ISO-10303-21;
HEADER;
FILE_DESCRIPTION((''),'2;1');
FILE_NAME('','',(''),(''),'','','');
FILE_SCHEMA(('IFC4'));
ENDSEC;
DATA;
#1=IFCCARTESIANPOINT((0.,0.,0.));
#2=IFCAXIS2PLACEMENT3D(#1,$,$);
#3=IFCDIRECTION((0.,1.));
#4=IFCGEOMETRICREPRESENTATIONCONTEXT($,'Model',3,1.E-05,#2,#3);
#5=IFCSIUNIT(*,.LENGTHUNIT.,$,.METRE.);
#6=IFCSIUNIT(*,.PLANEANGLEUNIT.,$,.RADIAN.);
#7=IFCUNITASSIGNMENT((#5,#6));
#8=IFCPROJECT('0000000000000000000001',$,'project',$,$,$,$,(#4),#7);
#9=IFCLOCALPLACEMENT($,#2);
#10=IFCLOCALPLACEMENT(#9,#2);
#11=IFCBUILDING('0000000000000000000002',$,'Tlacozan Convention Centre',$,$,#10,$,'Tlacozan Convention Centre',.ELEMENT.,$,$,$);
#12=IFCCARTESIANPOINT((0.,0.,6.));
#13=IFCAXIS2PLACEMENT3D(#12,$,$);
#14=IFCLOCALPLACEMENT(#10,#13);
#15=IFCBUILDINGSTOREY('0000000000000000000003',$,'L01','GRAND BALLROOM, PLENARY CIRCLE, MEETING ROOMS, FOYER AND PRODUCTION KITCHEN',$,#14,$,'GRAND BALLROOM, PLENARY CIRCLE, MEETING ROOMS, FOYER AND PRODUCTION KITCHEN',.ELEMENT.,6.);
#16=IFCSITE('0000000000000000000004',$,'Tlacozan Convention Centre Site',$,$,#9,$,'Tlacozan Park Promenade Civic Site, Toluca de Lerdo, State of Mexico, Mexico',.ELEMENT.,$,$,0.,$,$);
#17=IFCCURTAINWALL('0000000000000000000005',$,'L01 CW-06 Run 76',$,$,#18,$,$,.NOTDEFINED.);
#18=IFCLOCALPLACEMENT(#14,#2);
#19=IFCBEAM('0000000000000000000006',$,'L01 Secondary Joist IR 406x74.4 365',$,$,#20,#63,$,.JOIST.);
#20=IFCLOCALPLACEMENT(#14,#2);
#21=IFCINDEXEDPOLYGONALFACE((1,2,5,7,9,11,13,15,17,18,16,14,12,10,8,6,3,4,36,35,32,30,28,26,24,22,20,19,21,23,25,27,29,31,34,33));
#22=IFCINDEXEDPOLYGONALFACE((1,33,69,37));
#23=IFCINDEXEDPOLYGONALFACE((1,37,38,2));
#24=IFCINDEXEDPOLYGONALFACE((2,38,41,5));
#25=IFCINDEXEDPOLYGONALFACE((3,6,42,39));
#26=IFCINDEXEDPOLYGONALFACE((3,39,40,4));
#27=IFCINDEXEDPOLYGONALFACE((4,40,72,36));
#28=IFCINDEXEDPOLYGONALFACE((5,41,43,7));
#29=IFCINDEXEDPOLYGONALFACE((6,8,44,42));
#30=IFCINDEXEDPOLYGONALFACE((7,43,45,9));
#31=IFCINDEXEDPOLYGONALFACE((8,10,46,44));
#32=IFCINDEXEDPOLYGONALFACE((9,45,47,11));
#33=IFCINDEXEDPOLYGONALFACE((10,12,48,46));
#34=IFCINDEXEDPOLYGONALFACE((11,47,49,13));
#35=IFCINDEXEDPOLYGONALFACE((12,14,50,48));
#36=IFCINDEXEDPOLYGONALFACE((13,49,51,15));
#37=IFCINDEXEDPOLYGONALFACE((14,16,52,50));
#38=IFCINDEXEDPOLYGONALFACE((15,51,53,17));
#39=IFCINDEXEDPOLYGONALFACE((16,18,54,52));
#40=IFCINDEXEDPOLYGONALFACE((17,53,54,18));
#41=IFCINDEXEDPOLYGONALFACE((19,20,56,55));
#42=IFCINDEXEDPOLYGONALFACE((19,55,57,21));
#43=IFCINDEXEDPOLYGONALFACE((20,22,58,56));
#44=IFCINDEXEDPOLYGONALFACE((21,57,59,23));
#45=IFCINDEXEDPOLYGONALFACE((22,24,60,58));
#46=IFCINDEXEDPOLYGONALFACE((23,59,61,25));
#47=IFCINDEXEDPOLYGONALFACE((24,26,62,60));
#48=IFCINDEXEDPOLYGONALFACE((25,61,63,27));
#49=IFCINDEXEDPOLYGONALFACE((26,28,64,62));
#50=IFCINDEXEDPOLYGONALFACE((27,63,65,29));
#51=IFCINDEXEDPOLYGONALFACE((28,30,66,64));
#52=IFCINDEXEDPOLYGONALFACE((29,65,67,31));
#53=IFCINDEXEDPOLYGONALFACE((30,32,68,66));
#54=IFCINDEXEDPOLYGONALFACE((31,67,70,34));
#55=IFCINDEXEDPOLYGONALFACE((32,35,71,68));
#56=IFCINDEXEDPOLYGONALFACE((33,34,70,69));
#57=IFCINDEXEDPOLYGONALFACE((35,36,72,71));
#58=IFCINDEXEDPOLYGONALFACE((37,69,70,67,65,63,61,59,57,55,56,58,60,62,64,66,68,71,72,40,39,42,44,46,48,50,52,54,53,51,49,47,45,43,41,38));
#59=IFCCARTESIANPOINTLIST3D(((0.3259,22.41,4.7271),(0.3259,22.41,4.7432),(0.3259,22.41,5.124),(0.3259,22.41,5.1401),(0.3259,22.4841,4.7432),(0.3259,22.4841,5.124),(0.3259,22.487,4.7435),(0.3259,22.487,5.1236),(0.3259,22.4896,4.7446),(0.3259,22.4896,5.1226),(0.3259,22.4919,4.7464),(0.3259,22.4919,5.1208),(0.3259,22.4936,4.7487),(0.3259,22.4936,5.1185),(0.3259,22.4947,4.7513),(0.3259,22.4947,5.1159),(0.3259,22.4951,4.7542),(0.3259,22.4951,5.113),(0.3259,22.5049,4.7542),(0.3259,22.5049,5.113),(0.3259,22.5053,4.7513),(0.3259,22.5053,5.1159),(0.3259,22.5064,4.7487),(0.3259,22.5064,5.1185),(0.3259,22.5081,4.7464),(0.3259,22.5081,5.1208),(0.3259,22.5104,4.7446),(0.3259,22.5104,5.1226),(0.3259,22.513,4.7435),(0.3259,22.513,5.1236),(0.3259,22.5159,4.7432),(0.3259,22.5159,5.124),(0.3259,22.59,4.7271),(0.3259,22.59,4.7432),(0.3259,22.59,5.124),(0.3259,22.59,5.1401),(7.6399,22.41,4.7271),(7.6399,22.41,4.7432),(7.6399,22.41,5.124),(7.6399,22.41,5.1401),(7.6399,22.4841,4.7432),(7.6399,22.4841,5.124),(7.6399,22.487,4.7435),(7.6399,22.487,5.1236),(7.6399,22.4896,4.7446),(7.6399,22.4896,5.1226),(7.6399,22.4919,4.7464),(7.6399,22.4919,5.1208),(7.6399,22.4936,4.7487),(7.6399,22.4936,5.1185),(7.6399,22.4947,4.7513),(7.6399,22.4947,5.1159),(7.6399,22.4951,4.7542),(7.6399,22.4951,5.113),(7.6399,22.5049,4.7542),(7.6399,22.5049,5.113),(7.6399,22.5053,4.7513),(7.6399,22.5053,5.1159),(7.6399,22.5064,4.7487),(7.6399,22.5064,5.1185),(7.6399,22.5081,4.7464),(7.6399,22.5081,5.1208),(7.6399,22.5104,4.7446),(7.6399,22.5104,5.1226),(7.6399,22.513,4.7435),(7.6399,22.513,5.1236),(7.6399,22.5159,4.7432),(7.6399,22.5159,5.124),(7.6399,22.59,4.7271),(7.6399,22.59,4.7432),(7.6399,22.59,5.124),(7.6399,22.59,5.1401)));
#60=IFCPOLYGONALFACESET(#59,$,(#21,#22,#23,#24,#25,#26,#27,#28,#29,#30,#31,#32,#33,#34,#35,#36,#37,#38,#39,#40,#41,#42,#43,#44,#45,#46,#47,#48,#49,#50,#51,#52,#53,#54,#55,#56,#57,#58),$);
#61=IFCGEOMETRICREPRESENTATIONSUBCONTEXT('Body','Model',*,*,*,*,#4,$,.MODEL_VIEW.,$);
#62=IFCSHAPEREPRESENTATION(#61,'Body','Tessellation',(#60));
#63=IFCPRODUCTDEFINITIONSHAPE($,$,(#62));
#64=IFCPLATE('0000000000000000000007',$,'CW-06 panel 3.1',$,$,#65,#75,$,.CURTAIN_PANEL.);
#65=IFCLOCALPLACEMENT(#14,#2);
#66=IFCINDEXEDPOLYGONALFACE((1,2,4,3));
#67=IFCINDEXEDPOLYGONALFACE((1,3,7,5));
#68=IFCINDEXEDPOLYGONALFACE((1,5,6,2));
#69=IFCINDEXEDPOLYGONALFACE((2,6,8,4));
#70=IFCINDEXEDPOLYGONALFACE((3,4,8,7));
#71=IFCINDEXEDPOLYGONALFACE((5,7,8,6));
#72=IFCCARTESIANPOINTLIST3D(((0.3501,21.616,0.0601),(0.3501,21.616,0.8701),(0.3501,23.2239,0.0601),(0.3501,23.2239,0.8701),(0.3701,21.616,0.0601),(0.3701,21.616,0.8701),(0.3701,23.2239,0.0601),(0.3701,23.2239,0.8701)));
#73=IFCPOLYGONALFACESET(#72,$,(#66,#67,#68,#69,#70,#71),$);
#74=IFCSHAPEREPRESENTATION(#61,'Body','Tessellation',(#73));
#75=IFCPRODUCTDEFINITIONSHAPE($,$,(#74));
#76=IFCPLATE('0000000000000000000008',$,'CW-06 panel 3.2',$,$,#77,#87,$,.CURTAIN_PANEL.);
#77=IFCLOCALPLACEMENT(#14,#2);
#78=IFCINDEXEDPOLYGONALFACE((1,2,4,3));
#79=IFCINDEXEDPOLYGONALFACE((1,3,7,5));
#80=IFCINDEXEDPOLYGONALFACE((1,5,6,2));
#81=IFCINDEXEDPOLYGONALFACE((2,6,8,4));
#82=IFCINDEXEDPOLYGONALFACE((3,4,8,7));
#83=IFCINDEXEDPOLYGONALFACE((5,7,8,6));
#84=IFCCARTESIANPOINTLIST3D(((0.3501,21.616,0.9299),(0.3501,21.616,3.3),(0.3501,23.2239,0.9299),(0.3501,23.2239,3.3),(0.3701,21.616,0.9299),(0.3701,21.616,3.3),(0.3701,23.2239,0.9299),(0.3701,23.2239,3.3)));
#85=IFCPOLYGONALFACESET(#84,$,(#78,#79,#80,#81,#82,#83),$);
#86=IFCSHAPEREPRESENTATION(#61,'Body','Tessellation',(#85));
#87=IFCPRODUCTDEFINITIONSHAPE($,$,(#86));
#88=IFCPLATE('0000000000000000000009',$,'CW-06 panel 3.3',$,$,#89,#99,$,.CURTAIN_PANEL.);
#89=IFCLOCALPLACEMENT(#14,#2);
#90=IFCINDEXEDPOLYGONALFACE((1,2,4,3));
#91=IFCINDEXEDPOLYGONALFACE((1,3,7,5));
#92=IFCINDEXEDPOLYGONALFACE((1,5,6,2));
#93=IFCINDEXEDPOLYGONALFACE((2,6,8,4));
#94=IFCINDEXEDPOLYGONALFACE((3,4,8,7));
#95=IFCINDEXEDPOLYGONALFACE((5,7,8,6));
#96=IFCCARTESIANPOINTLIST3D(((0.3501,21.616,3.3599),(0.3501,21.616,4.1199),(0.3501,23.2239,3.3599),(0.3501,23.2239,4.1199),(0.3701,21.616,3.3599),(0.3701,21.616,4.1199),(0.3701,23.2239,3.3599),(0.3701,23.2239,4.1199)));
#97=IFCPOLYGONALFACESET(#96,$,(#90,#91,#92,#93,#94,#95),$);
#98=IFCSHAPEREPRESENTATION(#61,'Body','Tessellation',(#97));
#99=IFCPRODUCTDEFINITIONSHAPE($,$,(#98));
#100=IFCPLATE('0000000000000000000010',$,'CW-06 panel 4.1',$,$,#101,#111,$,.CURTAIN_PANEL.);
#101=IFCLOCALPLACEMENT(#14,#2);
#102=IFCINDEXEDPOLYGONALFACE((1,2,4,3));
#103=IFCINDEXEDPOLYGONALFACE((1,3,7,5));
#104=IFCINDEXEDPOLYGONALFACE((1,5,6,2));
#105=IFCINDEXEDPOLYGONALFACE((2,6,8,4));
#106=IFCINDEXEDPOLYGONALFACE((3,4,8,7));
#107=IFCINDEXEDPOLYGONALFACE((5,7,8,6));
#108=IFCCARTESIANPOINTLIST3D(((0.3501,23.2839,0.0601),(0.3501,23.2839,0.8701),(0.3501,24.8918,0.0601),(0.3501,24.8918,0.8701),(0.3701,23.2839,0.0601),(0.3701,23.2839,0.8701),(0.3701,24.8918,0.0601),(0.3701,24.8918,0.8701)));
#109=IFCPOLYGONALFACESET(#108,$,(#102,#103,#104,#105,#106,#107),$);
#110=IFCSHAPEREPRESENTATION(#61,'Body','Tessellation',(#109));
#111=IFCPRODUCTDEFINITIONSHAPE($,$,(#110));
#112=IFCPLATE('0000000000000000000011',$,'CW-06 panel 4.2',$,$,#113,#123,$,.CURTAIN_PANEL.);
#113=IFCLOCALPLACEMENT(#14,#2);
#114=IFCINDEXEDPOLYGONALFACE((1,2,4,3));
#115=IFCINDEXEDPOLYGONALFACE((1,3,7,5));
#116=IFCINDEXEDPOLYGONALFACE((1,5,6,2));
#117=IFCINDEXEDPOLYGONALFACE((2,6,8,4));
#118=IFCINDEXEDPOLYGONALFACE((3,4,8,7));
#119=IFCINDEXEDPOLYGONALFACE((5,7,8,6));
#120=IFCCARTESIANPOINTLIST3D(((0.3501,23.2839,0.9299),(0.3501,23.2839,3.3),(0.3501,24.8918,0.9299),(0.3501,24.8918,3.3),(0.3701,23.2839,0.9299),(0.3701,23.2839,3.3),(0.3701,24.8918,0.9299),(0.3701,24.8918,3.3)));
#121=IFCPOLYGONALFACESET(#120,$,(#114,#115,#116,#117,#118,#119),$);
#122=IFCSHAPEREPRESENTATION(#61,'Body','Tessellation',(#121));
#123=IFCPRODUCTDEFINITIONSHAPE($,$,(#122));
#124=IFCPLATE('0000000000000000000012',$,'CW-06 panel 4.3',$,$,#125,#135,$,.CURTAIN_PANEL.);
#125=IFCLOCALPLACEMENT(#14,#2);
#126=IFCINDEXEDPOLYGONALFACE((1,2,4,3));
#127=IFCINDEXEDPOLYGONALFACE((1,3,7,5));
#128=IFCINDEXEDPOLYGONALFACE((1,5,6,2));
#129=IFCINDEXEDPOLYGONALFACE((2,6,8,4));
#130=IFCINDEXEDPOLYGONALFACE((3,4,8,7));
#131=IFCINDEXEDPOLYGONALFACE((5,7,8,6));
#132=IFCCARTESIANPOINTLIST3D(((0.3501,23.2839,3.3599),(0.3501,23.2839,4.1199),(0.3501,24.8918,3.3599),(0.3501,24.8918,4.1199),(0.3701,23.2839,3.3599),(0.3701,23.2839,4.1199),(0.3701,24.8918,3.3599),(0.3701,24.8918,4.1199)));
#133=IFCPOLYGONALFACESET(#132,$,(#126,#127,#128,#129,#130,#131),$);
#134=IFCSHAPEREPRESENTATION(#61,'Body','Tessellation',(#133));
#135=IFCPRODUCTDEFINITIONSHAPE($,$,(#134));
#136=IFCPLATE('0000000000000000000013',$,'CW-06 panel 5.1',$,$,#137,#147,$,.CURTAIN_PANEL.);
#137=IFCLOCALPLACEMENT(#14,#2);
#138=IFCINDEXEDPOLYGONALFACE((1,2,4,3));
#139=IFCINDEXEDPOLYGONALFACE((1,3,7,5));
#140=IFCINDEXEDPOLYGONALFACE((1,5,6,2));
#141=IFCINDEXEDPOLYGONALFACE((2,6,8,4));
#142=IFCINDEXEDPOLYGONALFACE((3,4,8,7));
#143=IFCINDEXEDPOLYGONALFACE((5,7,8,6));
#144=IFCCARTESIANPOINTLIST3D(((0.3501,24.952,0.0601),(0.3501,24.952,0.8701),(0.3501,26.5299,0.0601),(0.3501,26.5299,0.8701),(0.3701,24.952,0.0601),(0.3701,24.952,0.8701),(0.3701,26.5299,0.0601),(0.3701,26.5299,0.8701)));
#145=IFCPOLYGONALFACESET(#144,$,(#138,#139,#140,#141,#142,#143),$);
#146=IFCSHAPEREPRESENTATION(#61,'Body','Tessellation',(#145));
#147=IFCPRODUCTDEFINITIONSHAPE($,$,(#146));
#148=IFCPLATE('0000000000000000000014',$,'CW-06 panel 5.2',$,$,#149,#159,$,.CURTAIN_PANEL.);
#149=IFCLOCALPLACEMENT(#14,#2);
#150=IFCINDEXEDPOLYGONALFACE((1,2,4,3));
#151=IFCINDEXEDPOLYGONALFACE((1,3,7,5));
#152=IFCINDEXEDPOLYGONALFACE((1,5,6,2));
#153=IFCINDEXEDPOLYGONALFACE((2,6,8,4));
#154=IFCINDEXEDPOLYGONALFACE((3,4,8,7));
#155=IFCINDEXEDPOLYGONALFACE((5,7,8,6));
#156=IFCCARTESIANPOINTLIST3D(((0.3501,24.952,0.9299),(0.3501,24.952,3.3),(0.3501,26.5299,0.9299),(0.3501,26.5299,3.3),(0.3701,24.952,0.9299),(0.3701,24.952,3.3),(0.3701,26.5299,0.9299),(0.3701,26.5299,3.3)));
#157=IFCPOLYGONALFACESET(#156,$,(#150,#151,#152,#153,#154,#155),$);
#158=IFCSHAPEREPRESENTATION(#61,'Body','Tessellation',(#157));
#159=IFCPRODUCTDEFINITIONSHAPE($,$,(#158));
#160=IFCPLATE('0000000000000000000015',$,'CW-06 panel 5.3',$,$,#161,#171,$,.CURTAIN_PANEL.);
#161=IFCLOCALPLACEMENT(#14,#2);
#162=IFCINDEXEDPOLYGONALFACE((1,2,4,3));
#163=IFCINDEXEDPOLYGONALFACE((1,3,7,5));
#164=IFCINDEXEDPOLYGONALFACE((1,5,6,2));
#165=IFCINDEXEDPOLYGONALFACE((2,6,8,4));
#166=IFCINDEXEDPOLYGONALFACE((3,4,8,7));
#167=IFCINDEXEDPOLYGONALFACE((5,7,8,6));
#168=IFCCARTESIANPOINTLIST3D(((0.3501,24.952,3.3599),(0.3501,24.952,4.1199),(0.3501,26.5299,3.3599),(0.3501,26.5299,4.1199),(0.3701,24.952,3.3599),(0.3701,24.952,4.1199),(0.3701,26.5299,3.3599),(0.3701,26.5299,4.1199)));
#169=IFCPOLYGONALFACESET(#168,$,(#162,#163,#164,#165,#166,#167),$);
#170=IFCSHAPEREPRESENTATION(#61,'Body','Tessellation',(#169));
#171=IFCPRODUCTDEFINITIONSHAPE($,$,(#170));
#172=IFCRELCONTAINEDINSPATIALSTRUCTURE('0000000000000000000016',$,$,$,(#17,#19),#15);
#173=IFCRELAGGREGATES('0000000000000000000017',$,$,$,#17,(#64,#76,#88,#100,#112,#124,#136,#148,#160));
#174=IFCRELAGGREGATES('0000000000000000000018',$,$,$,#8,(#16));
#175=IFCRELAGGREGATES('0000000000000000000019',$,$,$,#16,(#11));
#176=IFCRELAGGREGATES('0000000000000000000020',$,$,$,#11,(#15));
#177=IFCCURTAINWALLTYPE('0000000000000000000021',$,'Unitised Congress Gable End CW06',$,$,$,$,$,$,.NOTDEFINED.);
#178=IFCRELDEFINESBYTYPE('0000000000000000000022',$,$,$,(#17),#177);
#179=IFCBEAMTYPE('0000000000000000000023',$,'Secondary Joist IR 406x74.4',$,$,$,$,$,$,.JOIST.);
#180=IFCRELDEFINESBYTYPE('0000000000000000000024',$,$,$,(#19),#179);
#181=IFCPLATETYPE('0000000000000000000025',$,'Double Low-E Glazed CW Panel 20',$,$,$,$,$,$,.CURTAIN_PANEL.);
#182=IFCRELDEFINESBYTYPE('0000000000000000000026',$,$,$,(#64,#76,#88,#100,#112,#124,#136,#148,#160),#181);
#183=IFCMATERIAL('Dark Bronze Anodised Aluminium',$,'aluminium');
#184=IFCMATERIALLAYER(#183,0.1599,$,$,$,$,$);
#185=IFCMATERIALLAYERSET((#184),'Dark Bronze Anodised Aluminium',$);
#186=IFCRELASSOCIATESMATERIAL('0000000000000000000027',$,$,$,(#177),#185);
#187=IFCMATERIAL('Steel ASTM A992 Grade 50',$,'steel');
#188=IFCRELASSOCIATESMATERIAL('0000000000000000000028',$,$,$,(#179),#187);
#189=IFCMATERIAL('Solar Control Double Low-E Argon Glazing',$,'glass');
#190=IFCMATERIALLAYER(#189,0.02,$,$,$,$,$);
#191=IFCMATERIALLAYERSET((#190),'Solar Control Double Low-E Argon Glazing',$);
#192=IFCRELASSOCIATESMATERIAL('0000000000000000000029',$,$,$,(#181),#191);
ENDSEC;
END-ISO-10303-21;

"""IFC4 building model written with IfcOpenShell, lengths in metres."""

from ifc_helpers import new_model, si_unit, direction, frame, origin, origin_2d, place, context, subcontext, project, spatial, rectangle, i_section, extrude, material, layer, layer_set, material_profile, profile_set, type_object, element, aggregate, save


model = new_model("IFC4")

# Units and contexts
model_context = context("Model", 3, precision=1e-05, world=origin(), true_north=direction((0.0, 1.0)))
body_context = subcontext(model_context, "Body", "Model", "MODEL_VIEW")
ifc_project = project(units=[si_unit("LENGTHUNIT", "METRE"), si_unit("PLANEANGLEUNIT", "RADIAN")], contexts=[model_context])

# Site, building, storey
site_placement = place(None, origin())
site = spatial("IfcSite", under=ifc_project, at=site_placement, Name="Tlacozan Convention Centre Site", LongName="Tlacozan Park Promenade Civic Site, Toluca de Lerdo, State of Mexico, Mexico", CompositionType="ELEMENT", RefElevation=0.0)
building_placement = place(site_placement, origin())
building = spatial("IfcBuilding", under=site, at=building_placement, Name="Tlacozan Convention Centre", LongName="Tlacozan Convention Centre", CompositionType="ELEMENT")
storey_placement = place(building_placement, frame((0.0, 0.0, 6.0)))
storey = spatial("IfcBuildingStorey", under=building, at=storey_placement, Name="L01", Description="GRAND BALLROOM, PLENARY CIRCLE, MEETING ROOMS, FOYER AND PRODUCTION KITCHEN", LongName="GRAND BALLROOM, PLENARY CIRCLE, MEETING ROOMS, FOYER AND PRODUCTION KITCHEN", CompositionType="ELEMENT", Elevation=6.0)

# Curtain wall
ifc_material_1 = material(Name="Dark Bronze Anodised Aluminium", Category="aluminium")
ifc_layer_1 = layer(ifc_material_1, 0.1599)
ifc_layer_set_1 = layer_set([ifc_layer_1], Name="Dark Bronze Anodised Aluminium")
curtain_wall_type = type_object("IfcCurtainWallType", Name="Unitised Congress Gable End CW06", PredefinedType="NOTDEFINED", material=ifc_layer_set_1)
curtain_wall_placement = place(storey_placement, origin())
curtain_wall = element("IfcCurtainWall", 1, at=curtain_wall_placement, inside=storey, type_object=curtain_wall_type, Name="L01 CW-06 Run 76", PredefinedType="NOTDEFINED")

# Beam
ifc_material_2 = material(Name="Steel ASTM A992 Grade 50", Category="steel")
ifc_material_profile_1 = material_profile(ifc_material_2, i_section(OverallWidth=0.1799, OverallDepth=0.4131, WebThickness=0.0098, FlangeThickness=0.0161, FilletRadius=0.011, at=origin_2d()), Name="IR 406x74.4")
ifc_profile_set_1 = profile_set([ifc_material_profile_1], Name="Steel ASTM A992 Grade 50")
beam_type = type_object("IfcBeamType", Name="Secondary Joist IR 406x74.4", PredefinedType="JOIST", material=ifc_profile_set_1)
beam_placement = place(storey_placement, frame((0.3259, 22.5, 4.9336), z_axis=(1.0, 0.0, 0.0), x_axis=(0.0, 1.0, 0.0)))
element("IfcBeam", 2, at=beam_placement, inside=storey, type_object=beam_type, Name="L01 Secondary Joist IR 406x74.4 365", PredefinedType="JOIST", context=body_context, shape_type="SweptSolid", body=[
    extrude(i_section(OverallWidth=0.1799, OverallDepth=0.4131, WebThickness=0.0098, FlangeThickness=0.0161, FilletRadius=0.011, at=origin_2d()), origin(), (0.0, 0.0, 1.0), 7.314),
])

# Plates
ifc_material_3 = material(Name="Solar Control Double Low-E Argon Glazing", Category="glass")
ifc_layer_2 = layer(ifc_material_3, 0.02)
ifc_layer_set_2 = layer_set([ifc_layer_2], Name="Solar Control Double Low-E Argon Glazing")
plate_type = type_object("IfcPlateType", Name="Double Low-E Glazed CW Panel 20", PredefinedType="CURTAIN_PANEL", material=ifc_layer_set_2)
plate_1_placement = place(storey_placement, frame((0.3601, 22.4199, 0.0601), z_axis=(0.0, 0.0, 1.0), x_axis=(0.0, 1.0, 0.0)))
plate_1 = element("IfcPlate", 3, at=plate_1_placement, type_object=plate_type, Name="CW-06 panel 3.1", PredefinedType="CURTAIN_PANEL", context=body_context, shape_type="SweptSolid", body=[
    extrude(rectangle(XDim=1.6079, YDim=0.02, at=origin_2d()), origin(), (0.0, 0.0, 1.0), 0.8101),
])
plate_2_placement = place(storey_placement, frame((0.3601, 22.4199, 0.9299), z_axis=(0.0, 0.0, 1.0), x_axis=(0.0, 1.0, 0.0)))
plate_2 = element("IfcPlate", 4, at=plate_2_placement, type_object=plate_type, Name="CW-06 panel 3.2", PredefinedType="CURTAIN_PANEL", context=body_context, shape_type="SweptSolid", body=[
    extrude(rectangle(XDim=1.6079, YDim=0.02, at=origin_2d()), origin(), (0.0, 0.0, 1.0), 2.3701),
])
plate_3_placement = place(storey_placement, frame((0.3601, 22.4199, 3.3599), z_axis=(0.0, 0.0, 1.0), x_axis=(0.0, 1.0, 0.0)))
plate_3 = element("IfcPlate", 5, at=plate_3_placement, type_object=plate_type, Name="CW-06 panel 3.3", PredefinedType="CURTAIN_PANEL", context=body_context, shape_type="SweptSolid", body=[
    extrude(rectangle(XDim=1.6079, YDim=0.02, at=origin_2d()), origin(), (0.0, 0.0, 1.0), 0.76),
])
plate_4_placement = place(storey_placement, frame((0.3601, 24.0879, 0.0601), z_axis=(0.0, 0.0, 1.0), x_axis=(0.0, 1.0, 0.0)))
plate_4 = element("IfcPlate", 6, at=plate_4_placement, type_object=plate_type, Name="CW-06 panel 4.1", PredefinedType="CURTAIN_PANEL", context=body_context, shape_type="SweptSolid", body=[
    extrude(rectangle(XDim=1.6079, YDim=0.02, at=origin_2d()), origin(), (0.0, 0.0, 1.0), 0.8101),
])
plate_5_placement = place(storey_placement, frame((0.3601, 24.0879, 0.9299), z_axis=(0.0, 0.0, 1.0), x_axis=(0.0, 1.0, 0.0)))
plate_5 = element("IfcPlate", 7, at=plate_5_placement, type_object=plate_type, Name="CW-06 panel 4.2", PredefinedType="CURTAIN_PANEL", context=body_context, shape_type="SweptSolid", body=[
    extrude(rectangle(XDim=1.6079, YDim=0.02, at=origin_2d()), origin(), (0.0, 0.0, 1.0), 2.3701),
])
plate_6_placement = place(storey_placement, frame((0.3601, 24.0879, 3.3599), z_axis=(0.0, 0.0, 1.0), x_axis=(0.0, 1.0, 0.0)))
plate_6 = element("IfcPlate", 8, at=plate_6_placement, type_object=plate_type, Name="CW-06 panel 4.3", PredefinedType="CURTAIN_PANEL", context=body_context, shape_type="SweptSolid", body=[
    extrude(rectangle(XDim=1.6079, YDim=0.02, at=origin_2d()), origin(), (0.0, 0.0, 1.0), 0.76),
])
plate_7_placement = place(storey_placement, frame((0.3601, 25.741, 0.0601), z_axis=(0.0, 0.0, 1.0), x_axis=(0.0, 1.0, 0.0)))
plate_7 = element("IfcPlate", 9, at=plate_7_placement, type_object=plate_type, Name="CW-06 panel 5.1", PredefinedType="CURTAIN_PANEL", context=body_context, shape_type="SweptSolid", body=[
    extrude(rectangle(XDim=1.5779, YDim=0.02, at=origin_2d()), origin(), (0.0, 0.0, 1.0), 0.8101),
])
plate_8_placement = place(storey_placement, frame((0.3601, 25.741, 0.9299), z_axis=(0.0, 0.0, 1.0), x_axis=(0.0, 1.0, 0.0)))
plate_8 = element("IfcPlate", 10, at=plate_8_placement, type_object=plate_type, Name="CW-06 panel 5.2", PredefinedType="CURTAIN_PANEL", context=body_context, shape_type="SweptSolid", body=[
    extrude(rectangle(XDim=1.5779, YDim=0.02, at=origin_2d()), origin(), (0.0, 0.0, 1.0), 2.3701),
])
plate_9_placement = place(storey_placement, frame((0.3601, 25.741, 3.3599), z_axis=(0.0, 0.0, 1.0), x_axis=(0.0, 1.0, 0.0)))
plate_9 = element("IfcPlate", 11, at=plate_9_placement, type_object=plate_type, Name="CW-06 panel 5.3", PredefinedType="CURTAIN_PANEL", context=body_context, shape_type="SweptSolid", body=[
    extrude(rectangle(XDim=1.5779, YDim=0.02, at=origin_2d()), origin(), (0.0, 0.0, 1.0), 0.76),
])
aggregate(curtain_wall, [plate_1, plate_2, plate_3, plate_4, plate_5, plate_6, plate_7, plate_8, plate_9])

save(model, "model.ifc")
